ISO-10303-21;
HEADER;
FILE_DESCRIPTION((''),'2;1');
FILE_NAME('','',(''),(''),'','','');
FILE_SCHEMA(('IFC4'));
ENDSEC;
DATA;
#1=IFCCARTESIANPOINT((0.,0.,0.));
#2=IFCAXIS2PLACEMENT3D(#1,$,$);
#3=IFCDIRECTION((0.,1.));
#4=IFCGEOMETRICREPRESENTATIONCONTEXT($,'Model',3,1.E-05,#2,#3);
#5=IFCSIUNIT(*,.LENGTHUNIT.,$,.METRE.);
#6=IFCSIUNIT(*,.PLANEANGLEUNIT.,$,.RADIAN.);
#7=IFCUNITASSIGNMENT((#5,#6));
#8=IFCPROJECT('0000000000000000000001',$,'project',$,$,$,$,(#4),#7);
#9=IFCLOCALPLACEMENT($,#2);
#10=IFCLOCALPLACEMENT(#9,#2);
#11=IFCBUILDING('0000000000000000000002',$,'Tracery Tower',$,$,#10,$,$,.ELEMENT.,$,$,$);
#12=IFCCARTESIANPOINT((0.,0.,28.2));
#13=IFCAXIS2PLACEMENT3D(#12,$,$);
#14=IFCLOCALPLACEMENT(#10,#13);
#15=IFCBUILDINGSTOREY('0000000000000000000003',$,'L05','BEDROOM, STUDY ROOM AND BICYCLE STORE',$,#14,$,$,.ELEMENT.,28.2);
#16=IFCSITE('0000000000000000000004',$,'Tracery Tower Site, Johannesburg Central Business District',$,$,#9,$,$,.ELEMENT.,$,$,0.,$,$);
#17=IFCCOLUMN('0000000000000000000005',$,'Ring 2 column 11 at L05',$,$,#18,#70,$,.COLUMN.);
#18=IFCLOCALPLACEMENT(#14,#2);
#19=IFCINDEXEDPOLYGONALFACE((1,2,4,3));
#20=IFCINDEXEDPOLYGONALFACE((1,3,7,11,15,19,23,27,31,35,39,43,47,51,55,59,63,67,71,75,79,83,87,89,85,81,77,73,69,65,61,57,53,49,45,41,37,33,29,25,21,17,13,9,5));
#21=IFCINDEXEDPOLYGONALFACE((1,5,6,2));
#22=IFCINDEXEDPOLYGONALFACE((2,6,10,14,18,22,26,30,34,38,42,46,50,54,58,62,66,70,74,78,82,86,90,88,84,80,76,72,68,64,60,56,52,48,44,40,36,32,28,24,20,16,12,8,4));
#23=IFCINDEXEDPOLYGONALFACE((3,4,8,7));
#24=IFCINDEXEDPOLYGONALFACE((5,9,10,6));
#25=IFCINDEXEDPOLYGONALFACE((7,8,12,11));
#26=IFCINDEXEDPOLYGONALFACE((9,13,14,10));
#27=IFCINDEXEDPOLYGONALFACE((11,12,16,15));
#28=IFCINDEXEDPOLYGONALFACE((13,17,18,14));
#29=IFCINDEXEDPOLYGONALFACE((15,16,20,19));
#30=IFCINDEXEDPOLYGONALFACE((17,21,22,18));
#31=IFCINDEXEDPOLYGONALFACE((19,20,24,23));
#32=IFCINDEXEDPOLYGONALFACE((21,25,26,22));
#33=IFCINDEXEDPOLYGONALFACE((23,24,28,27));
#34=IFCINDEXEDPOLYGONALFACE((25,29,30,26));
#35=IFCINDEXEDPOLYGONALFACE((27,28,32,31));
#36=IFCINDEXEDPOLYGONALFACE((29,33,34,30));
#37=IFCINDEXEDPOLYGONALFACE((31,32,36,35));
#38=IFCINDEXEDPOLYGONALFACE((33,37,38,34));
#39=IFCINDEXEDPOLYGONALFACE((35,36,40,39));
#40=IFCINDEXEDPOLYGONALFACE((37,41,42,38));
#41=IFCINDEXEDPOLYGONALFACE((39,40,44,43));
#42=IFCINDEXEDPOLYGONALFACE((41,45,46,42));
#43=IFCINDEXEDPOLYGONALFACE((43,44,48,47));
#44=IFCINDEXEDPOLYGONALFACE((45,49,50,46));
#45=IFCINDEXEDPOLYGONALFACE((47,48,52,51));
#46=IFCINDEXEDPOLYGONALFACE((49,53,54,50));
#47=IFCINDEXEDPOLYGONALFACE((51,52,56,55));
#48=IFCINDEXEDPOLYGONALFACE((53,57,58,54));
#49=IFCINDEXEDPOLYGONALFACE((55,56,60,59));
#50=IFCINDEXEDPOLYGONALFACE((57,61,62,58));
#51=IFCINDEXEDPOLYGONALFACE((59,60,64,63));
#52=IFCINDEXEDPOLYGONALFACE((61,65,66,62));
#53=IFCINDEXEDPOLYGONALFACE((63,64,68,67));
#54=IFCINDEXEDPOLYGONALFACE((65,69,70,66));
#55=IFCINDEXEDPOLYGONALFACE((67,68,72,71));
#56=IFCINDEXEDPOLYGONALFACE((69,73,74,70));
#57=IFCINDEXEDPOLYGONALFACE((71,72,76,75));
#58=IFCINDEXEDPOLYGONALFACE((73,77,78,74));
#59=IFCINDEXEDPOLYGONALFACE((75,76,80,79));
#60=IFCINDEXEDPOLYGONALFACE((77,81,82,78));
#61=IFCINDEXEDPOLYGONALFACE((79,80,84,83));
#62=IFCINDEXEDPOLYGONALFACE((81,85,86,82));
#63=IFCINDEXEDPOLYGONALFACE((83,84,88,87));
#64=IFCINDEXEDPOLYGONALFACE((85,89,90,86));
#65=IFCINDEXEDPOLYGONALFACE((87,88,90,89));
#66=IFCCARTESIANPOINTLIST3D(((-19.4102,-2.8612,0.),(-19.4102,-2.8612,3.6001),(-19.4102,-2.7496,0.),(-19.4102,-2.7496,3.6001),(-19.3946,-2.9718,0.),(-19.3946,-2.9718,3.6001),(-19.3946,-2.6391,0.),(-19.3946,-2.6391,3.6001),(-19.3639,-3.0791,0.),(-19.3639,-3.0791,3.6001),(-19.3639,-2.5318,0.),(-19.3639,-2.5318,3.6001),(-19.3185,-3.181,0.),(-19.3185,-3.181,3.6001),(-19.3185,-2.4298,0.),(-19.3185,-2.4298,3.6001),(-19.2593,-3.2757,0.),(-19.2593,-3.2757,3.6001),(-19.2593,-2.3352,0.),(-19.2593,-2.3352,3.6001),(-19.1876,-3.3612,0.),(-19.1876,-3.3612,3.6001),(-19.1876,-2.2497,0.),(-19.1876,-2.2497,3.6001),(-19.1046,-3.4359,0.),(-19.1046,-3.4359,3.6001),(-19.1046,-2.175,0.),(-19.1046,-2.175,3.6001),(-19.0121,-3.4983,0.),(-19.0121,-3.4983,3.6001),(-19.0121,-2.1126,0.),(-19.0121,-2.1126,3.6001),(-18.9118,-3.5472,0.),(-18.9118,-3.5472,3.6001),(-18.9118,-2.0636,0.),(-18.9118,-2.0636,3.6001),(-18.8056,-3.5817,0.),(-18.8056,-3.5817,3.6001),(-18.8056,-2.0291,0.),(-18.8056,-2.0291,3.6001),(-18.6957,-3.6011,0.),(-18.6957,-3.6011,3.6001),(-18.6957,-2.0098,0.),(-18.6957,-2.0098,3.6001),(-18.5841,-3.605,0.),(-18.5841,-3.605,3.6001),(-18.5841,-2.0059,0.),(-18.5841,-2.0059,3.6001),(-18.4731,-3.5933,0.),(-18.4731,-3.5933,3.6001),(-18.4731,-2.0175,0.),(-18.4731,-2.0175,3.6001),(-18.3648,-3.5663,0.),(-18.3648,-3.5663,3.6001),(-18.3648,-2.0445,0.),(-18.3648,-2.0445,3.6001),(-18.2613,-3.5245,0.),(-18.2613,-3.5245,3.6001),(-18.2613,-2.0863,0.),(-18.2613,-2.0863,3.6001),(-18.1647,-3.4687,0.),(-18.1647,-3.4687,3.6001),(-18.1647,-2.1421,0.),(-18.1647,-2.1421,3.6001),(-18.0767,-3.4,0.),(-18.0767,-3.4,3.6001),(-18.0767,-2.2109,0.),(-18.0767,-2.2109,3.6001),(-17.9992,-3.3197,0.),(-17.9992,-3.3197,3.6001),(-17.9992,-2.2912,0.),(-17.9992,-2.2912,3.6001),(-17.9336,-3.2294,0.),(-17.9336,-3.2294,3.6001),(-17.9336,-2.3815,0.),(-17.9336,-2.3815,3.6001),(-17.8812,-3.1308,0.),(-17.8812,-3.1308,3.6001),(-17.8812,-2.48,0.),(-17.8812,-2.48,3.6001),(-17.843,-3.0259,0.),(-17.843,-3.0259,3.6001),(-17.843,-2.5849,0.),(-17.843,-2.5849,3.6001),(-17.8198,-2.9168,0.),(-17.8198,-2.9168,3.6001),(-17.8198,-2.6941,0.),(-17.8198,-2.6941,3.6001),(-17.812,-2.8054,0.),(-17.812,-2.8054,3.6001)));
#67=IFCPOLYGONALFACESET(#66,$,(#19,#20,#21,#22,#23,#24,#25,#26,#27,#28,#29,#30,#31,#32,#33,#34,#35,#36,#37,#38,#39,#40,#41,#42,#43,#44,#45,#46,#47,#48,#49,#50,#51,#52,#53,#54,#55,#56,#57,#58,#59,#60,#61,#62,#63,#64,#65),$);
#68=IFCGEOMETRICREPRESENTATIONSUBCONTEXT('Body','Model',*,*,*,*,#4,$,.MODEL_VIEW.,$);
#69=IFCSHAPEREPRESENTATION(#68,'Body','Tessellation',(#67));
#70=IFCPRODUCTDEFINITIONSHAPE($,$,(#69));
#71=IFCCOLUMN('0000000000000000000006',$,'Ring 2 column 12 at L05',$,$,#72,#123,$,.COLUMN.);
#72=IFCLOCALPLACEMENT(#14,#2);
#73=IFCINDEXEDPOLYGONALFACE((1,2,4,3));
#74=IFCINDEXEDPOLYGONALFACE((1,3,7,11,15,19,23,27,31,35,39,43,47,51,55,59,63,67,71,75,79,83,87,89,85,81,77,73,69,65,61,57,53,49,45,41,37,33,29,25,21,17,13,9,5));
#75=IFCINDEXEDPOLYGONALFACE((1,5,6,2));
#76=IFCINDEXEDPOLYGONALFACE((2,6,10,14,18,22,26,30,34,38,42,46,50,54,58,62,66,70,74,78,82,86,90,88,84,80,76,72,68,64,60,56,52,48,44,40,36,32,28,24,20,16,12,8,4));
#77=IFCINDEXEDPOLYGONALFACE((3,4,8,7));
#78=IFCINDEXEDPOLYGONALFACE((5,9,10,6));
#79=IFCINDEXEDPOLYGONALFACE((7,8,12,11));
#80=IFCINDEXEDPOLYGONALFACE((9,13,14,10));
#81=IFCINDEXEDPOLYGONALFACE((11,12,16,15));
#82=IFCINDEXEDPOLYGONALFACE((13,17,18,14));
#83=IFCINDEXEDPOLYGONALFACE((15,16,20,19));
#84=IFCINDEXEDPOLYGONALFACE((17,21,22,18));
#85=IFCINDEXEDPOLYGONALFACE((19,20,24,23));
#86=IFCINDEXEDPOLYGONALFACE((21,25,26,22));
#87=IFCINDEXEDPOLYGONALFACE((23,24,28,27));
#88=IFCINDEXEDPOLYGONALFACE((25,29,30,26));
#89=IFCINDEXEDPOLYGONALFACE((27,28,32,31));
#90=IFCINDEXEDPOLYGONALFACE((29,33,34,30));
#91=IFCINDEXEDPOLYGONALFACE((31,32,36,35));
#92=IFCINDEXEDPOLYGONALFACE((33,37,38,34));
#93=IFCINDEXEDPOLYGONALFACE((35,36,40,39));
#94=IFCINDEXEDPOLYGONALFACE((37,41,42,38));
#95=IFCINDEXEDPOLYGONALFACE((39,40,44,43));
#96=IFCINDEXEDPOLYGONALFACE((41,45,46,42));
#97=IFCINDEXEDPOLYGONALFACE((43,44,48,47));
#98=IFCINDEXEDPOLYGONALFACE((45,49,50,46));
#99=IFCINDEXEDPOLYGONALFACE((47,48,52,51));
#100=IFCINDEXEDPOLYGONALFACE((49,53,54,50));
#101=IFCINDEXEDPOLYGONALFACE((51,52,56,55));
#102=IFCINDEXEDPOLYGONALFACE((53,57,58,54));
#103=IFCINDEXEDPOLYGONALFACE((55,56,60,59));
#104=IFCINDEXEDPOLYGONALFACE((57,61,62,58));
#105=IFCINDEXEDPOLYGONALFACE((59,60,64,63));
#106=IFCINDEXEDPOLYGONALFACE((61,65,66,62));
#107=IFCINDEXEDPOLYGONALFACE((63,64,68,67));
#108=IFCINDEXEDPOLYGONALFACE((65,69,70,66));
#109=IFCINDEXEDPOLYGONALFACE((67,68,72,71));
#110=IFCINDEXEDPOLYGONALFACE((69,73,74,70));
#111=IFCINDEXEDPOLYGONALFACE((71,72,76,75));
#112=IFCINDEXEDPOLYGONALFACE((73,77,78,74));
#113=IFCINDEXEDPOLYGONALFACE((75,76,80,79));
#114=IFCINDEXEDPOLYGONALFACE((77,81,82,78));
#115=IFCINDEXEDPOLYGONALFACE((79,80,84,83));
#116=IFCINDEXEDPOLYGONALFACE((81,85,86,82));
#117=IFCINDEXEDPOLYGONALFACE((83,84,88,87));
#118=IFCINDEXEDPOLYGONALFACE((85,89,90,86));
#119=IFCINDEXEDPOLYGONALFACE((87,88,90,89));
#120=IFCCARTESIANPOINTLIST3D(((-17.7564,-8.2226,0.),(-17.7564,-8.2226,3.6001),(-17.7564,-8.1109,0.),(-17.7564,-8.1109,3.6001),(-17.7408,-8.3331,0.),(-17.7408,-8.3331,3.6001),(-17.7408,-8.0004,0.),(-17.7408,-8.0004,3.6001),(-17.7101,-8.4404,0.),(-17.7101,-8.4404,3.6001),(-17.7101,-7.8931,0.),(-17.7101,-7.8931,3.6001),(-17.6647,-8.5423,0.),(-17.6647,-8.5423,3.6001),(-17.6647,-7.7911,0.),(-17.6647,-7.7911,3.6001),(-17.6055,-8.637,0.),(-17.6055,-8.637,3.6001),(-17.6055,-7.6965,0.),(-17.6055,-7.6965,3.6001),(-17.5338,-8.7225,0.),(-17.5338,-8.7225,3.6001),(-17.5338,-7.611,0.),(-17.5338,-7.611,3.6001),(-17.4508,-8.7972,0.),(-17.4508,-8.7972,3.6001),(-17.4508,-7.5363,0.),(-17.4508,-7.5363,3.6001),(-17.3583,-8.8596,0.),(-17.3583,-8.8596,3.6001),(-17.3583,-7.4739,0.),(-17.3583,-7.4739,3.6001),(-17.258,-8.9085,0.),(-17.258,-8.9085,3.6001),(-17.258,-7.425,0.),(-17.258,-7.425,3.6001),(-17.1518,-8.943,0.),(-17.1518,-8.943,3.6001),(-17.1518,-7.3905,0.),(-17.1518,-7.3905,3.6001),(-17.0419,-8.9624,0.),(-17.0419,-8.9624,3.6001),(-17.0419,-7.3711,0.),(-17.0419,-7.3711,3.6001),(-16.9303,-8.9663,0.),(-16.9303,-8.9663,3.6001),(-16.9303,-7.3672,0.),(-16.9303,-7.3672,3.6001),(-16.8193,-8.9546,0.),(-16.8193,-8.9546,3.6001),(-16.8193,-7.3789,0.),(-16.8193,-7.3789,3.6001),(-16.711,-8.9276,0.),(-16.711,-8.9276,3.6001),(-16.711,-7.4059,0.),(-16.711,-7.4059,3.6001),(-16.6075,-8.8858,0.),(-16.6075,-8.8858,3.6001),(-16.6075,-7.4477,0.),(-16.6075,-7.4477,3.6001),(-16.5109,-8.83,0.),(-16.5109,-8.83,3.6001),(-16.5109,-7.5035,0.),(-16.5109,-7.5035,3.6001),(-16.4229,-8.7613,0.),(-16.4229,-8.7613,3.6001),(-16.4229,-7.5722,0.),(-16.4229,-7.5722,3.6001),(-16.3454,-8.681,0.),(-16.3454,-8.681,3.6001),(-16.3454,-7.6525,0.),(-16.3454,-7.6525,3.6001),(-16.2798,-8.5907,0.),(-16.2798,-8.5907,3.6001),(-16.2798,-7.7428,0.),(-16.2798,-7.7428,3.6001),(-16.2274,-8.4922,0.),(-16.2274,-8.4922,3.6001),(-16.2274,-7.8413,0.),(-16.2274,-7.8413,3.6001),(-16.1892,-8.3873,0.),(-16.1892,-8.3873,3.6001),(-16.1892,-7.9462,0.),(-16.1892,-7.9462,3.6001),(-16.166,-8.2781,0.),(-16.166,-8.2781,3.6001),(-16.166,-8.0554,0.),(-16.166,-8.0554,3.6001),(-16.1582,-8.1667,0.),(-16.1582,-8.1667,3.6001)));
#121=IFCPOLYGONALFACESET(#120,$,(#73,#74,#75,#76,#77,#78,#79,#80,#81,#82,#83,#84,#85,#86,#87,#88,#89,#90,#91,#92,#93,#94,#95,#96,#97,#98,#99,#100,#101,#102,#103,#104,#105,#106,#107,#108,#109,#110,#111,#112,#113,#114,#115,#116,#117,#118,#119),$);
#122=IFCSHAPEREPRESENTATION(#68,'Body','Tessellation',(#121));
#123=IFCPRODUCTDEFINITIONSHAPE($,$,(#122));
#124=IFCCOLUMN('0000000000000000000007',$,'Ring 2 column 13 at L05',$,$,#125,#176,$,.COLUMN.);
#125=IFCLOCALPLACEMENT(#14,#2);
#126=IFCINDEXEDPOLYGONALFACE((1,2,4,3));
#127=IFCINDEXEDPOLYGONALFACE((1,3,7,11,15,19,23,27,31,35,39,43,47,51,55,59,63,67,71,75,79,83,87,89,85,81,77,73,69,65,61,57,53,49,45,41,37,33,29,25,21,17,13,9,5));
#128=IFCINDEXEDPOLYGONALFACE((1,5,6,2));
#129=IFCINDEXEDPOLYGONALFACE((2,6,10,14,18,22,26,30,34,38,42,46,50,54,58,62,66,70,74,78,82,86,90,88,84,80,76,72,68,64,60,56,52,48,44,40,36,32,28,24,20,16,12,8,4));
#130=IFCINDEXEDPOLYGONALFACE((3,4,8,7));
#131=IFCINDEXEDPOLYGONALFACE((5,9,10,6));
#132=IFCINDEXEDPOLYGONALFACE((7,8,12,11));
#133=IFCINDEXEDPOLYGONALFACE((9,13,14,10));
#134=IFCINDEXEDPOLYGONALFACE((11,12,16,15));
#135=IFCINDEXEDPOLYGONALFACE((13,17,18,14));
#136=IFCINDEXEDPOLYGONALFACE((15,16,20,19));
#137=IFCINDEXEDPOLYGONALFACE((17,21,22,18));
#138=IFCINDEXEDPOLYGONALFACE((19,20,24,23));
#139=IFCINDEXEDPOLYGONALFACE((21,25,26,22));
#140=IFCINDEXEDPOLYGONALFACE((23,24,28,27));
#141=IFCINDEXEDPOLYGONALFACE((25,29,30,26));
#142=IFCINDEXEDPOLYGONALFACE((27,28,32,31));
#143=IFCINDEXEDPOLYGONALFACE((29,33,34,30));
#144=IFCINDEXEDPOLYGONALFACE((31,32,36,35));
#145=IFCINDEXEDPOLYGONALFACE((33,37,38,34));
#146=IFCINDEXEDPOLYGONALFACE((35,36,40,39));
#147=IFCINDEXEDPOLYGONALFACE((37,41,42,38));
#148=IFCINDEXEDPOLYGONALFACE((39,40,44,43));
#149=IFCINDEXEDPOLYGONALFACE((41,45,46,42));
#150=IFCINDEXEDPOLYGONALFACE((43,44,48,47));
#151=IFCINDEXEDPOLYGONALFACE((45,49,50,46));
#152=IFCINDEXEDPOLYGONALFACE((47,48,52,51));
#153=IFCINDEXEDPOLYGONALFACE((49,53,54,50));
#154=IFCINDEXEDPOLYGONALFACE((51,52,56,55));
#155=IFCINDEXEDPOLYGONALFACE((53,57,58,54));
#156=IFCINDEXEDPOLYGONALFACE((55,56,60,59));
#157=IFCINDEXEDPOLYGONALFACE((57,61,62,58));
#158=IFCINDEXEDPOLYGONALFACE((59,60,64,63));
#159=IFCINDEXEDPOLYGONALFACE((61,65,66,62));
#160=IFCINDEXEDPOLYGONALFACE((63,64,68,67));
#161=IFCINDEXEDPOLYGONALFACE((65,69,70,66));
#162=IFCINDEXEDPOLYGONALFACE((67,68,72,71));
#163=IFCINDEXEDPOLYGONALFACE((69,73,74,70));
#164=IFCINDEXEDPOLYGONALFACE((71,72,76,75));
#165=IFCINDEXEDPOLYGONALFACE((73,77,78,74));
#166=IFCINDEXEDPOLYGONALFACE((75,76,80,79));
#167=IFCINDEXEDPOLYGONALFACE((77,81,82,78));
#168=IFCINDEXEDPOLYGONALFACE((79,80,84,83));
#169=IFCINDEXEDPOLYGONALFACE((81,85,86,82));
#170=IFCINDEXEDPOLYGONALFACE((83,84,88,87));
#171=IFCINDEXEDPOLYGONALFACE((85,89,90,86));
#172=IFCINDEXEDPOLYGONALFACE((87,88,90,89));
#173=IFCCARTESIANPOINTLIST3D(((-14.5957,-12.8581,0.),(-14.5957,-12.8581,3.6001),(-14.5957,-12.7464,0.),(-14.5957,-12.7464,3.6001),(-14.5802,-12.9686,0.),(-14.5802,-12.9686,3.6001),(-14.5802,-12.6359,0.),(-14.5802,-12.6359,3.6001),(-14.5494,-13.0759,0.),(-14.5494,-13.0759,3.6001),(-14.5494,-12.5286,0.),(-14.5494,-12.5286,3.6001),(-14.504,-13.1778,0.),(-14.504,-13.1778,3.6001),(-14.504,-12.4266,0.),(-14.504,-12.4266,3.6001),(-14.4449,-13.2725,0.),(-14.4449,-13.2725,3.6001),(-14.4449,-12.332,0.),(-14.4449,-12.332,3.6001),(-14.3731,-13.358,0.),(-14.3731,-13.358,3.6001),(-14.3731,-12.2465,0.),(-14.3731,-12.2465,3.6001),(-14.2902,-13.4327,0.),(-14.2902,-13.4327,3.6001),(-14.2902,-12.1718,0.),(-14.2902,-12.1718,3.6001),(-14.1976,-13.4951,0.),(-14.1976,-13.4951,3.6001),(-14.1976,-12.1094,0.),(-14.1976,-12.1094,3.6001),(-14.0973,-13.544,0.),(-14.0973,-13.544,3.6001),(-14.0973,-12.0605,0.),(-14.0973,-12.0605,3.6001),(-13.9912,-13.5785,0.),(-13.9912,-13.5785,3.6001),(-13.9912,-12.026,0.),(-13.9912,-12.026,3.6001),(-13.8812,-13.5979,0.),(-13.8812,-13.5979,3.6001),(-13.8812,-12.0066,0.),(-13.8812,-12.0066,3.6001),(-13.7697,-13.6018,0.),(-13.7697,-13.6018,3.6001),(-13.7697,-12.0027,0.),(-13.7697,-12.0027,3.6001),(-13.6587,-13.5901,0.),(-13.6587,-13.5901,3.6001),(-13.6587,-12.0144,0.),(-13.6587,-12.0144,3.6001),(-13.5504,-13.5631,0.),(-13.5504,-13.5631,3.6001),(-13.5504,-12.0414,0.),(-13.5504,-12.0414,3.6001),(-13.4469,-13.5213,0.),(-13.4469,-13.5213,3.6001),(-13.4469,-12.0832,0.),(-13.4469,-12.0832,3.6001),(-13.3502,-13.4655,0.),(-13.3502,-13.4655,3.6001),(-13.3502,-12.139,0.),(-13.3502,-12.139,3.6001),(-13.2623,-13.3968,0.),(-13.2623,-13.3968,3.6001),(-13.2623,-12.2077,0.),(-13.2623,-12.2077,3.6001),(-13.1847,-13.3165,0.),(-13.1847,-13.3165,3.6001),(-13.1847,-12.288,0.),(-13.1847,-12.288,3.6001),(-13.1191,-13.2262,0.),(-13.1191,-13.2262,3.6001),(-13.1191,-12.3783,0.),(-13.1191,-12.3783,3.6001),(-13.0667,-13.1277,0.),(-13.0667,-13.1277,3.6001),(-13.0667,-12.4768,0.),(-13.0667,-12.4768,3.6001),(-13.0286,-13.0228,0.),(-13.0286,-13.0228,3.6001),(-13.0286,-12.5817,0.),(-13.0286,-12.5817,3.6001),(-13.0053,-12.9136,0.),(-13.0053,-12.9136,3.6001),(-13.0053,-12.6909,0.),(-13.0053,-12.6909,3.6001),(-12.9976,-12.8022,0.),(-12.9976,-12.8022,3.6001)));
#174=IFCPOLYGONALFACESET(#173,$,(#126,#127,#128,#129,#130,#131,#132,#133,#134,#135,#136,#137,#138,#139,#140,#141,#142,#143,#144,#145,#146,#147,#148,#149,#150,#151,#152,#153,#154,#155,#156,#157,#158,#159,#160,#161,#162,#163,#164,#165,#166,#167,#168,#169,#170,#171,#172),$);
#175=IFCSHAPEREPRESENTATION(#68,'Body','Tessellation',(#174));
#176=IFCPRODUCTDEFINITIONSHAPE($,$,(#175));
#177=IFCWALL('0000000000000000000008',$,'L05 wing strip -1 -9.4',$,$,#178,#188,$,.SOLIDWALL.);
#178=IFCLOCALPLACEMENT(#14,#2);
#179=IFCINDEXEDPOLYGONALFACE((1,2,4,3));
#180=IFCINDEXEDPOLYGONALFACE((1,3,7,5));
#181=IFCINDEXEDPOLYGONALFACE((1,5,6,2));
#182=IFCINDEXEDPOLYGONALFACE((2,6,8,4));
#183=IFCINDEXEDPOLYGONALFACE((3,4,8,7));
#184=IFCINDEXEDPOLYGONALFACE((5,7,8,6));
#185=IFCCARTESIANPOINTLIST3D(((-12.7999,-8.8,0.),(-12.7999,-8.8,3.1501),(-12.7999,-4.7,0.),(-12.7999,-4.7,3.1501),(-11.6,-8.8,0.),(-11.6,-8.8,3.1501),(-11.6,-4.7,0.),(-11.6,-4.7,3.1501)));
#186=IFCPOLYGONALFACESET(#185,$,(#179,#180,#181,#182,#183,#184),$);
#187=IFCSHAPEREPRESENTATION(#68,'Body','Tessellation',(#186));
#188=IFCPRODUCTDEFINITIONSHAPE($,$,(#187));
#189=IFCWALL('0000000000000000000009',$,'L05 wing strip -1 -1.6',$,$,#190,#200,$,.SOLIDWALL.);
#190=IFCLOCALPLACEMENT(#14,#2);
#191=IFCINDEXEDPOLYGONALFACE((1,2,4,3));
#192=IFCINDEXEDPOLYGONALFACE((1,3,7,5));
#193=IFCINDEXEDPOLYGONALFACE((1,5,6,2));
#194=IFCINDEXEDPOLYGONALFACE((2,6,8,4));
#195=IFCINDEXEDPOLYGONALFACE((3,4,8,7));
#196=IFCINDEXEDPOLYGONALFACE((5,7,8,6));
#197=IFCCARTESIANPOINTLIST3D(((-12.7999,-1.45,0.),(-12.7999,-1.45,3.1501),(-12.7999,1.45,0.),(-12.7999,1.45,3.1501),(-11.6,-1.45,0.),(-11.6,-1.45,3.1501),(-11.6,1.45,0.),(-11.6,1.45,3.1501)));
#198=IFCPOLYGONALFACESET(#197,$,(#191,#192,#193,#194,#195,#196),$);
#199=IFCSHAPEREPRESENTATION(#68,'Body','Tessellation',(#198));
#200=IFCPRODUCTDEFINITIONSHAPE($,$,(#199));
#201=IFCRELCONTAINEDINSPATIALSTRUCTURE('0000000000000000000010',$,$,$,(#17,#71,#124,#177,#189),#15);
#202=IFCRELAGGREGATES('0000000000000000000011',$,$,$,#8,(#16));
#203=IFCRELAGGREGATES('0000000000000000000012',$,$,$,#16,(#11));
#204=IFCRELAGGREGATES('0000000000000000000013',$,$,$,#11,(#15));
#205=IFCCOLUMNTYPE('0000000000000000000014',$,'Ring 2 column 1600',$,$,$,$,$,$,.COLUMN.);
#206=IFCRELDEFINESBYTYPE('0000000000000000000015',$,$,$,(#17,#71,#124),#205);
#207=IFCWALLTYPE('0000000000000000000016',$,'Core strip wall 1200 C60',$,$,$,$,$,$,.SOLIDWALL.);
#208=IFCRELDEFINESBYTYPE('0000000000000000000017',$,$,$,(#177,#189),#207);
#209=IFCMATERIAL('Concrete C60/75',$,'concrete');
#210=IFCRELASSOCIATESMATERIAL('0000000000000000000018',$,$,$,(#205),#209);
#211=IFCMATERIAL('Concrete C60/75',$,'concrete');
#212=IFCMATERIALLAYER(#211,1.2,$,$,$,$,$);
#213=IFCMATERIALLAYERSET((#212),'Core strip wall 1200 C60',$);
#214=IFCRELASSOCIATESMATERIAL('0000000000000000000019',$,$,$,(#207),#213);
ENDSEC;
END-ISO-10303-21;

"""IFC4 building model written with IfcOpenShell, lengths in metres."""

from ifc_helpers import new_model, si_unit, direction, frame, frame_2d, origin, origin_2d, place, context, subcontext, project, spatial, rectangle, circle, extrude, material, layer, layer_set, material_profile, profile_set, type_object, element, save


model = new_model("IFC4")

# Units and contexts
model_context = context("Model", 3, precision=1e-05, world=origin(), true_north=direction((0.0, 1.0)))
body_context = subcontext(model_context, "Body", "Model", "MODEL_VIEW")
ifc_project = project(units=[si_unit("LENGTHUNIT", "METRE"), si_unit("PLANEANGLEUNIT", "RADIAN")], contexts=[model_context])

# Site, building, storey
site_placement = place(None, origin())
site = spatial("IfcSite", under=ifc_project, at=site_placement, Name="Tracery Tower Site, Johannesburg Central Business District", CompositionType="ELEMENT", RefElevation=0.0)
building_placement = place(site_placement, origin())
building = spatial("IfcBuilding", under=site, at=building_placement, Name="Tracery Tower", CompositionType="ELEMENT")
storey_placement = place(building_placement, frame((0.0, 0.0, 28.2)))
storey = spatial("IfcBuildingStorey", under=building, at=storey_placement, Name="L05", Description="BEDROOM, STUDY ROOM AND BICYCLE STORE", CompositionType="ELEMENT", Elevation=28.2)

# Columns
ifc_material_1 = material(Name="Concrete C60/75", Category="concrete")
ifc_material_profile = material_profile(ifc_material_1, circle(Radius=0.8, at=origin_2d()), Name="RC D1600")
ifc_profile_set = profile_set([ifc_material_profile], Name="Concrete C60/75")
column_type = type_object("IfcColumnType", Name="Ring 2 column 1600", PredefinedType="COLUMN", material=ifc_profile_set)
for number, where, z_axis, x_axis, name in (
    (1, (-18.6121, -2.8054, 0.0), (0.0, 0.0, 1.0), (1.0, 0.0, 0.0), "Ring 2 column 11 at L05"),
    (2, (-16.9583, -8.1667, 0.0), (0.0, 0.0, 1.0), (1.0, 0.0, 0.0), "Ring 2 column 12 at L05"),
    (3, (-13.7976, -12.8022, 0.0), (0.0, 0.0, 1.0), (1.0, 0.0, 0.0), "Ring 2 column 13 at L05"),
):
    element("IfcColumn", number, at=place(storey_placement, frame(where, z_axis=z_axis, x_axis=x_axis)), inside=storey, type_object=column_type, Name=name, PredefinedType="COLUMN", context=body_context, shape_type="SweptSolid", body=[
        extrude(circle(Radius=0.8, at=origin_2d()), origin(), (0.0, 0.0, 1.0), 3.6001),
    ])

# Walls
ifc_material_2 = material(Name="Concrete C60/75", Category="concrete")
ifc_layer_1 = layer(ifc_material_2, 1.2)
ifc_layer_set_1 = layer_set([ifc_layer_1], Name="Core strip wall 1200 C60")
wall_type_1 = type_object("IfcWallType", Name="Core strip wall 1200 C60", PredefinedType="SOLIDWALL", material=ifc_layer_set_1)
wall_1_placement = place(storey_placement, frame((-12.2, -8.8, 0.0), z_axis=(0.0, 0.0, 1.0), x_axis=(0.0, 1.0, 0.0)))
element("IfcWall", 4, at=wall_1_placement, inside=storey, type_object=wall_type_1, Name="L05 wing strip -1 -9.4", PredefinedType="SOLIDWALL", context=body_context, shape_type="SweptSolid", body=[
    extrude(rectangle(XDim=4.1001, YDim=1.2, at=frame_2d((2.05, 0.0))), origin(), (0.0, 0.0, 1.0), 3.1501),
])
wall_2_placement = place(storey_placement, frame((-12.2, -1.45, 0.0), z_axis=(0.0, 0.0, 1.0), x_axis=(0.0, 1.0, 0.0)))
element("IfcWall", 5, at=wall_2_placement, inside=storey, type_object=wall_type_1, Name="L05 wing strip -1 -1.6", PredefinedType="SOLIDWALL", context=body_context, shape_type="SweptSolid", body=[
    extrude(rectangle(XDim=2.8999, YDim=1.2, at=frame_2d((1.45, 0.0))), origin(), (0.0, 0.0, 1.0), 3.1501),
])

save(model, "model.ifc")
